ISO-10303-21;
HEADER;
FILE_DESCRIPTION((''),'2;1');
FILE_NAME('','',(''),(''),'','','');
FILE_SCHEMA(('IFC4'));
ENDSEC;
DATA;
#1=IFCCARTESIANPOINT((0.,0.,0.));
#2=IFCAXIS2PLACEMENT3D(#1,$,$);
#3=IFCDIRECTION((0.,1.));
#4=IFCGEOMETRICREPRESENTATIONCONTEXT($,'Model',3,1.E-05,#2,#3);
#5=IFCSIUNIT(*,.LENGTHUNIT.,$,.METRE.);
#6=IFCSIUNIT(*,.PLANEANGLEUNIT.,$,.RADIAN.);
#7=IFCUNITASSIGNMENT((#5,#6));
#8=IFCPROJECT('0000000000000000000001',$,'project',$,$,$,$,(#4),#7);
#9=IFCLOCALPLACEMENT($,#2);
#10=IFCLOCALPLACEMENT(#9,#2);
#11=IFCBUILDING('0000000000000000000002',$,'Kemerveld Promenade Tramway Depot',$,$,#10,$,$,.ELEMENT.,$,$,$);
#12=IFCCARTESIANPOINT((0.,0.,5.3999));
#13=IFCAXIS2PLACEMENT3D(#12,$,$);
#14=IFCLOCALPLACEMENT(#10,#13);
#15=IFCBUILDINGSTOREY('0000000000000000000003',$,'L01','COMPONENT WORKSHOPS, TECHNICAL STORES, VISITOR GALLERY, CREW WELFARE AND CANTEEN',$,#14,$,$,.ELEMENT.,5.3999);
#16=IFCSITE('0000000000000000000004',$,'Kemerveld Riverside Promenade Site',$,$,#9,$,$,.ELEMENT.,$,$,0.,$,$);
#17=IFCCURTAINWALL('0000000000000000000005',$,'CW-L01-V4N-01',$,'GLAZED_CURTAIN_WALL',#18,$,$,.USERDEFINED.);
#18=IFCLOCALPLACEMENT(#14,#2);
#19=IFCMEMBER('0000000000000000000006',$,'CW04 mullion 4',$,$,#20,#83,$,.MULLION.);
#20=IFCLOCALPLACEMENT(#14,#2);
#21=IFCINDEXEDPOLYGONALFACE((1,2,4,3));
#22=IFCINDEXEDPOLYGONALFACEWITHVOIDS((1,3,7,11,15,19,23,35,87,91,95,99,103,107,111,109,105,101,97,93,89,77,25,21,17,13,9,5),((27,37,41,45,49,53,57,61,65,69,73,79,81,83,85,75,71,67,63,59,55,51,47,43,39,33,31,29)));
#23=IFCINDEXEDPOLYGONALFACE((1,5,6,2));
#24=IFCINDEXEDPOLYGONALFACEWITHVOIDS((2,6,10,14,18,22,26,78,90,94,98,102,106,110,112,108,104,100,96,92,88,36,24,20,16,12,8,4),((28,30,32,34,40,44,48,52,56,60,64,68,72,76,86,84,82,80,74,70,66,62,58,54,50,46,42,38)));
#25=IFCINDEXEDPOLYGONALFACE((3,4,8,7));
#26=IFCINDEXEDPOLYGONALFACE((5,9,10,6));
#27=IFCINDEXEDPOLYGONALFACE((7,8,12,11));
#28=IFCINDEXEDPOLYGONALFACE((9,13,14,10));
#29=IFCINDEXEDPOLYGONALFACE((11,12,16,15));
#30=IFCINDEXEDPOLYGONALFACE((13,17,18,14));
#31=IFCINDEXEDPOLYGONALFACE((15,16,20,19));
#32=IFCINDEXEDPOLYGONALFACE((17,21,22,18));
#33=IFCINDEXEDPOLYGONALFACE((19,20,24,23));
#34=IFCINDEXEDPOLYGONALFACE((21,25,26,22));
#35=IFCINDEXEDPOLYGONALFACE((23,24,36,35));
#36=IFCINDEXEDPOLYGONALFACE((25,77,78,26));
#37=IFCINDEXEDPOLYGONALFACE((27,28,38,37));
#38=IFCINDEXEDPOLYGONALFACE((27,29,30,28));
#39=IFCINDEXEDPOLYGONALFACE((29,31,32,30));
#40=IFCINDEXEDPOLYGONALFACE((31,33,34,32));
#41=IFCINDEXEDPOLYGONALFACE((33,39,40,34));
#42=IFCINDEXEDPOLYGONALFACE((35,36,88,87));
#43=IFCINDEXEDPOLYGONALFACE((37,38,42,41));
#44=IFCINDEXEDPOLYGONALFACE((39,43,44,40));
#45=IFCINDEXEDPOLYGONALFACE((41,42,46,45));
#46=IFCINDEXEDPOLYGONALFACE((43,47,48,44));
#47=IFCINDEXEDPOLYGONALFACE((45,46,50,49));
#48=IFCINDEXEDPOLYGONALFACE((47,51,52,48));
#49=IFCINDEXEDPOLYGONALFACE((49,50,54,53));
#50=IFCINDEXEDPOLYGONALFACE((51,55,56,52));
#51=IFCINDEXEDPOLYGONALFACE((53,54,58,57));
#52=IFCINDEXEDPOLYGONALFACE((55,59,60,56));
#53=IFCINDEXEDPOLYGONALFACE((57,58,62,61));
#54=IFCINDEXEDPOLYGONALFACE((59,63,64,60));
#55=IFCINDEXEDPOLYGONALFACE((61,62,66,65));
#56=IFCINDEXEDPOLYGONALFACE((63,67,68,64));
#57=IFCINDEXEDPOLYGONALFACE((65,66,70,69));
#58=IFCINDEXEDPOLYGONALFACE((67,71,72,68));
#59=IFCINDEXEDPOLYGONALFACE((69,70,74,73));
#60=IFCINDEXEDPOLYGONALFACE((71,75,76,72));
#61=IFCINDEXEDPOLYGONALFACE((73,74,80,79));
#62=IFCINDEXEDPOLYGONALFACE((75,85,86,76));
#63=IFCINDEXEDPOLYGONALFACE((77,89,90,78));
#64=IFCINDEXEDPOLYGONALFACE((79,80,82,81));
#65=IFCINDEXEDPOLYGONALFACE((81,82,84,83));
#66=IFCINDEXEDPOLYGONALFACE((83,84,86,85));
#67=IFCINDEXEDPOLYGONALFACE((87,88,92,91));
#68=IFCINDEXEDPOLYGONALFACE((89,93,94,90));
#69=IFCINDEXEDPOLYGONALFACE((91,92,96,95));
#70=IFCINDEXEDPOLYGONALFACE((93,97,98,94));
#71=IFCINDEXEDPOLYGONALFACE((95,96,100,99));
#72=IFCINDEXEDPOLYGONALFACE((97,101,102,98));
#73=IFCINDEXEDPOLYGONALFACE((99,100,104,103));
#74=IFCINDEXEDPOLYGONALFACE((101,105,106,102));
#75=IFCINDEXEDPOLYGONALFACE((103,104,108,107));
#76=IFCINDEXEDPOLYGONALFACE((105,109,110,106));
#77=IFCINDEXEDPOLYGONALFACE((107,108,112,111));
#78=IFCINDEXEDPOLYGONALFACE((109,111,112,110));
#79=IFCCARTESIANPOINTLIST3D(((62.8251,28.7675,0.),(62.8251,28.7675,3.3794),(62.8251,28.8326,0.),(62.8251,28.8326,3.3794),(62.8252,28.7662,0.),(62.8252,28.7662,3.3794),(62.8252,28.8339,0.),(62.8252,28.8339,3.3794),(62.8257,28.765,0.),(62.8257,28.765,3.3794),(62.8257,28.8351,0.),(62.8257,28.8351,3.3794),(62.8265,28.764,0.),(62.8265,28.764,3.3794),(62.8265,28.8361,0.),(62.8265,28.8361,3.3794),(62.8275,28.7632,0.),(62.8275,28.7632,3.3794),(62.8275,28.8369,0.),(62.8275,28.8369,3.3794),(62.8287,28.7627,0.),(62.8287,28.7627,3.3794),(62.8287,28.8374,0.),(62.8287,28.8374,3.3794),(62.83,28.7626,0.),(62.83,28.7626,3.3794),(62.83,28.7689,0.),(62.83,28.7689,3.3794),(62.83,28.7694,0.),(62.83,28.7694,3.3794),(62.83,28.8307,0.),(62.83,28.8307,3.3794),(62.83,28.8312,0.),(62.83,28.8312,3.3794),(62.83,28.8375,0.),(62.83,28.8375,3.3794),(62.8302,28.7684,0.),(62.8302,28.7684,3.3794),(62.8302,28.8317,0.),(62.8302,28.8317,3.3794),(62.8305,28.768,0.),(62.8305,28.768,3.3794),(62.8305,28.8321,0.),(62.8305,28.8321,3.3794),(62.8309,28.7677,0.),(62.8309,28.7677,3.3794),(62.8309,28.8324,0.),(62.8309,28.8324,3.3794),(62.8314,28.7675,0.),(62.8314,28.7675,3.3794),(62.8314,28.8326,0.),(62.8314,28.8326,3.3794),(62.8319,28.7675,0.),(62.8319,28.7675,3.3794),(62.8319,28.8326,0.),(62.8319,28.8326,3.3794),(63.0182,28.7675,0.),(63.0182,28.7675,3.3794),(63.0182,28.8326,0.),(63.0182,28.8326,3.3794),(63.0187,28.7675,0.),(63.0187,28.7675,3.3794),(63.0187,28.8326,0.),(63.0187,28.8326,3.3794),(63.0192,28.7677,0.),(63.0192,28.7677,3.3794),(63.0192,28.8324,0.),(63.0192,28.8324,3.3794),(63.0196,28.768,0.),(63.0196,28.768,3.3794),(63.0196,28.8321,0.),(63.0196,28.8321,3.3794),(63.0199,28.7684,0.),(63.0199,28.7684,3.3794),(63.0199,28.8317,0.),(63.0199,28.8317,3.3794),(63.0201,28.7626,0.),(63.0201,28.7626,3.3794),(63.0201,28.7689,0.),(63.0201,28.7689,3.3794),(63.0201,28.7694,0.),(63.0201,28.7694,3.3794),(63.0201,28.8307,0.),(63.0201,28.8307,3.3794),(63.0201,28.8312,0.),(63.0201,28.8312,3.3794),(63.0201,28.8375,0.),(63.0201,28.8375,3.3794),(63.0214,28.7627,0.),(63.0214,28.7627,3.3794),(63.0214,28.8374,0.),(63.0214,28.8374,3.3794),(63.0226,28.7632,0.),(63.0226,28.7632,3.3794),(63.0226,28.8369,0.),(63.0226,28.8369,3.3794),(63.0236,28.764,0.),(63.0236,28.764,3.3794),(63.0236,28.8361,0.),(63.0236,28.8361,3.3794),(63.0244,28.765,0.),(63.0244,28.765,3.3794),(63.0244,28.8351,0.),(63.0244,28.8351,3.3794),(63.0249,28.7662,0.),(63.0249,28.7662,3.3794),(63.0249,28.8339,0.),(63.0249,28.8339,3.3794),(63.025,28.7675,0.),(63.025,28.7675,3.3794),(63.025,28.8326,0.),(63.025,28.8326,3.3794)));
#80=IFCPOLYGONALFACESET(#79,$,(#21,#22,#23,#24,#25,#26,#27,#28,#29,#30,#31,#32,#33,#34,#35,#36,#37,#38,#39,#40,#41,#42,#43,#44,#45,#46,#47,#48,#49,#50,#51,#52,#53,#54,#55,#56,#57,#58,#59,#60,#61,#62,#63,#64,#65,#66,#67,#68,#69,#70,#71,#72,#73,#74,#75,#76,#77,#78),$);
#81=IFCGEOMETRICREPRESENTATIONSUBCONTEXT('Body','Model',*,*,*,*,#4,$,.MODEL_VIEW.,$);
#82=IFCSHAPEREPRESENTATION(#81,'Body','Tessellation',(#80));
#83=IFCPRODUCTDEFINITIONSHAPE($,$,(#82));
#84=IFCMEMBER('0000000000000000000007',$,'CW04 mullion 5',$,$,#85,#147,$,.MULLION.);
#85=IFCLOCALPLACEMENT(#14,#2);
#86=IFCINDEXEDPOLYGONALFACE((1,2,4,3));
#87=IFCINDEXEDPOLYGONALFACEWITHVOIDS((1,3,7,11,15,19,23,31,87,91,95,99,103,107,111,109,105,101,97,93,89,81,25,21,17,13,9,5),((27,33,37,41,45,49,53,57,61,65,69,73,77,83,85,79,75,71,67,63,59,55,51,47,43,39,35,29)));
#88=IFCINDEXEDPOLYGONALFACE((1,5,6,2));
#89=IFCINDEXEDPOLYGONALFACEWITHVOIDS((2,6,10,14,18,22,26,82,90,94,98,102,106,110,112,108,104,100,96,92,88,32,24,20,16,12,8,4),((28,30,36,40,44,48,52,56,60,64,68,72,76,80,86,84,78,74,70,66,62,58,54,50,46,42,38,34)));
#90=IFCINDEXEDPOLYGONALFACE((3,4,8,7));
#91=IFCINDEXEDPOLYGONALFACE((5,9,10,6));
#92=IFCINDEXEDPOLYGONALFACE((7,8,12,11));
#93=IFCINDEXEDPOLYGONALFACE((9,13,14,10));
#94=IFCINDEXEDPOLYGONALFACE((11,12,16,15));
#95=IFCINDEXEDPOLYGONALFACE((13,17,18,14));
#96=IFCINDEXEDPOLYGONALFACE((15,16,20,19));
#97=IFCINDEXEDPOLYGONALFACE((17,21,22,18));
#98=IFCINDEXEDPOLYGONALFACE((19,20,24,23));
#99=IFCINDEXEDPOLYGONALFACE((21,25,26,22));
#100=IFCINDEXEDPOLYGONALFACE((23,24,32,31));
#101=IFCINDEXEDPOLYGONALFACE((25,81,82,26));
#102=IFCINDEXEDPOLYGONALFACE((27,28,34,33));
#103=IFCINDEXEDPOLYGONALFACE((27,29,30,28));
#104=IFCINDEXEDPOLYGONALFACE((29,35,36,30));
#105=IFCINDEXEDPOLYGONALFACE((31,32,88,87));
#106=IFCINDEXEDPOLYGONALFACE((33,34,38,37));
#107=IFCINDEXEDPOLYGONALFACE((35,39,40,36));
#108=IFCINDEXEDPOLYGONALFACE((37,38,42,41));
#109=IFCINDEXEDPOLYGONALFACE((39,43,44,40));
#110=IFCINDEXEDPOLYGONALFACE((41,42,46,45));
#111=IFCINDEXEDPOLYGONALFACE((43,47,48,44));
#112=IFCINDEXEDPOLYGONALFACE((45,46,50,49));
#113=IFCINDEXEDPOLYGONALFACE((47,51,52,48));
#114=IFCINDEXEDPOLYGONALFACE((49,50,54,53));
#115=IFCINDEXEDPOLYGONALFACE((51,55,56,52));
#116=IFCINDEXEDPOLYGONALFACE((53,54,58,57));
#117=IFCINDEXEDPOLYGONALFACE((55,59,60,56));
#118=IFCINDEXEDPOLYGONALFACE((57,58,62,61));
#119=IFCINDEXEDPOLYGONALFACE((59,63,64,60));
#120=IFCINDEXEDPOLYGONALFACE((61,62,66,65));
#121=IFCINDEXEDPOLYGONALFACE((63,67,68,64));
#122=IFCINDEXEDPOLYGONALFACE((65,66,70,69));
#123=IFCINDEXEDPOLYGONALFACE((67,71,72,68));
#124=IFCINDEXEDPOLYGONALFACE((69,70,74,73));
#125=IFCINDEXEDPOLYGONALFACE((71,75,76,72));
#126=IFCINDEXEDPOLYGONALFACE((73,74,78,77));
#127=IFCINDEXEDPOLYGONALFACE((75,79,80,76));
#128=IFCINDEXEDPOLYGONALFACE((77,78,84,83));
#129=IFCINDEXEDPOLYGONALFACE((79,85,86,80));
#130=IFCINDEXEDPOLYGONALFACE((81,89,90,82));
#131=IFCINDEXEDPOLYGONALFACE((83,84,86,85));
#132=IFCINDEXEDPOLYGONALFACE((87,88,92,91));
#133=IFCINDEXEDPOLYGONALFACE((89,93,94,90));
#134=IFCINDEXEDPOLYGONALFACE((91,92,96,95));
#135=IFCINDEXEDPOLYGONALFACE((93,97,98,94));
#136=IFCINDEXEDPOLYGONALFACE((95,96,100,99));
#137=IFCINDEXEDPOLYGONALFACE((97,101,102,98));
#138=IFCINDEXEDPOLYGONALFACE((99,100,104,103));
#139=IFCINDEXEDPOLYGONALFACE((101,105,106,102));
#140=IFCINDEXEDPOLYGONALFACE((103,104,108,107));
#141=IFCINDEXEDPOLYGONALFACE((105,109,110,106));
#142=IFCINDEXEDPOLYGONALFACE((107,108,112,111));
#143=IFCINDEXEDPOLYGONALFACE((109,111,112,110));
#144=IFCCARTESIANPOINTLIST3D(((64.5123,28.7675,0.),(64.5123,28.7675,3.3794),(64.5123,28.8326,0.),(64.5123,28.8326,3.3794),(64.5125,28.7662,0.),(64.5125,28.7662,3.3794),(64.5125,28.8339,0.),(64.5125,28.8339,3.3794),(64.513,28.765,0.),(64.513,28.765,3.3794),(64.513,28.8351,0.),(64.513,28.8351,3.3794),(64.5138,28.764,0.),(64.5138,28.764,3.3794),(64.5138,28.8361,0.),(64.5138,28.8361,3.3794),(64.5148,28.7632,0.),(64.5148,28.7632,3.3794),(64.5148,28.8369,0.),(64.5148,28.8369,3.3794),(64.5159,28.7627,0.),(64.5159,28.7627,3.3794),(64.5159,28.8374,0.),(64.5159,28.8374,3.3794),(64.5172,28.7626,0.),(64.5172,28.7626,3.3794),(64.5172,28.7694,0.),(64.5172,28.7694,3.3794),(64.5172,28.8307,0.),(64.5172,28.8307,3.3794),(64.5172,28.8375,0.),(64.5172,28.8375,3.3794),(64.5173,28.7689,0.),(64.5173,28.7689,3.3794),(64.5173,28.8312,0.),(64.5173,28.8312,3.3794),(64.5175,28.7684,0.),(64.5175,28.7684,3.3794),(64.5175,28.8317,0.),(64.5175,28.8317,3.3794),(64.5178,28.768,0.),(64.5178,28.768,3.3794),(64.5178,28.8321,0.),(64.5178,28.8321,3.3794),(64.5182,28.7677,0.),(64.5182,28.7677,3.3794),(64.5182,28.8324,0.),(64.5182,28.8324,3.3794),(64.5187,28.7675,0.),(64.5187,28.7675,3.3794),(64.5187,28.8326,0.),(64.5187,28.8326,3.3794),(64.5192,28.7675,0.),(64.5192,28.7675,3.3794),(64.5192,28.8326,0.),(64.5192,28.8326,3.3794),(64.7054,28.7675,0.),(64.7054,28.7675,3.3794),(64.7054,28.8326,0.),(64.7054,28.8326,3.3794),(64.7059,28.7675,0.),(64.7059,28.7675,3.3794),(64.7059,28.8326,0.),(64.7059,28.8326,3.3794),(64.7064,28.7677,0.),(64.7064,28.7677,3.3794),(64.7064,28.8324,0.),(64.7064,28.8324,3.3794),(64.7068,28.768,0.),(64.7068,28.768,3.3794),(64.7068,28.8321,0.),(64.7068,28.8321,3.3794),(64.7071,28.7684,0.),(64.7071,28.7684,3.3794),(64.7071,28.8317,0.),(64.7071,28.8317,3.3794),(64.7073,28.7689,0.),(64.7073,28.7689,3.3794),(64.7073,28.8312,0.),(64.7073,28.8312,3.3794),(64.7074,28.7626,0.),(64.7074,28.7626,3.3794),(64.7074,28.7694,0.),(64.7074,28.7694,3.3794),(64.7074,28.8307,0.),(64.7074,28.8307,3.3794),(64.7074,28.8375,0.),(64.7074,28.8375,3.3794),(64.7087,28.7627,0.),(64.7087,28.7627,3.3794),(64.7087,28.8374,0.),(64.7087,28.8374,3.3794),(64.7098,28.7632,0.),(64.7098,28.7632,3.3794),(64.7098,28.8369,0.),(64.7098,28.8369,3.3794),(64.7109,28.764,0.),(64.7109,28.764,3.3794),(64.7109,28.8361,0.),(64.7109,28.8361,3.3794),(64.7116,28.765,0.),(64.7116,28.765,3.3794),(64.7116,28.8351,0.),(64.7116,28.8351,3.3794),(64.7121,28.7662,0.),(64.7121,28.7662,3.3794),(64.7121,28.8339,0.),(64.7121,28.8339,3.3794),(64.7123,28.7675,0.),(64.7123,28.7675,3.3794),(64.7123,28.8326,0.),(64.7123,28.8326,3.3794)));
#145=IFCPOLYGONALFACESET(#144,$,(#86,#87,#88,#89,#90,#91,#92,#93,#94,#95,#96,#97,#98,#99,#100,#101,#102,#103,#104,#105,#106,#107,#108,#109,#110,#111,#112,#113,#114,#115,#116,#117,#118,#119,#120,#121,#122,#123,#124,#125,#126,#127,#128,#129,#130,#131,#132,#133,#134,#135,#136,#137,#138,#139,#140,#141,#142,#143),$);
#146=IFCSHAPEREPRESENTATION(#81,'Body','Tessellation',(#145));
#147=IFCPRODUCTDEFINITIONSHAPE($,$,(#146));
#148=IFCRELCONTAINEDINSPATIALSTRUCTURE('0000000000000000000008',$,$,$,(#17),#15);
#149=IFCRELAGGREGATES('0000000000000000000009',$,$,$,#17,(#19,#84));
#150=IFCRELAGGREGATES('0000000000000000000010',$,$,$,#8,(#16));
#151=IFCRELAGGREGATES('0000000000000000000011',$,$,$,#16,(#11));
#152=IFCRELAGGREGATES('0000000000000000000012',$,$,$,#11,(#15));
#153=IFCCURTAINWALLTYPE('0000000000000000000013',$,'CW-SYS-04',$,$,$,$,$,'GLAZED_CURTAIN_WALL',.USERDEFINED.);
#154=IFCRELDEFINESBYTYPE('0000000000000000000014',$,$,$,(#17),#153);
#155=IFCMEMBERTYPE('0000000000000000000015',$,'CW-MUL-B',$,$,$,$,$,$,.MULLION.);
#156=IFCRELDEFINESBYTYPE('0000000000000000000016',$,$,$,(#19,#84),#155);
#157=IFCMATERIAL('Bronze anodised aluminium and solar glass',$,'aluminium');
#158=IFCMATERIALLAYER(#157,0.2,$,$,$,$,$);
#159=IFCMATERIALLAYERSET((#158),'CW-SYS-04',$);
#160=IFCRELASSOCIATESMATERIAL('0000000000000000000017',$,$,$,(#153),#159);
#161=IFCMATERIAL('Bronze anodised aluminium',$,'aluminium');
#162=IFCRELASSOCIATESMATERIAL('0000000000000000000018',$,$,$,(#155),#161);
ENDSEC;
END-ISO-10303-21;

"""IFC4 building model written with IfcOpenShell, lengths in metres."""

from ifc_helpers import new_model, si_unit, direction, frame, origin, origin_2d, place, context, subcontext, project, spatial, hollow_rectangle, extrude, material, layer, layer_set, material_profile, profile_set, type_object, element, aggregate, save


model = new_model("IFC4")

# Units and contexts
model_context = context("Model", 3, precision=1e-05, world=origin(), true_north=direction((0.0, 1.0)))
body_context = subcontext(model_context, "Body", "Model", "MODEL_VIEW")
ifc_project = project(units=[si_unit("LENGTHUNIT", "METRE"), si_unit("PLANEANGLEUNIT", "RADIAN")], contexts=[model_context])

# Site, building, storey
site_placement = place(None, origin())
site = spatial("IfcSite", under=ifc_project, at=site_placement, Name="Kemerveld Riverside Promenade Site", CompositionType="ELEMENT", RefElevation=0.0)
building_placement = place(site_placement, origin())
building = spatial("IfcBuilding", under=site, at=building_placement, Name="Kemerveld Promenade Tramway Depot", CompositionType="ELEMENT")
storey_placement = place(building_placement, frame((0.0, 0.0, 5.3999)))
storey = spatial("IfcBuildingStorey", under=building, at=storey_placement, Name="L01", Description="COMPONENT WORKSHOPS, TECHNICAL STORES, VISITOR GALLERY, CREW WELFARE AND CANTEEN", CompositionType="ELEMENT", Elevation=5.3999)

# Curtain wall, members
ifc_material_1 = material(Name="Bronze anodised aluminium and solar glass", Category="aluminium")
ifc_layer_1 = layer(ifc_material_1, 0.2)
ifc_layer_set_1 = layer_set([ifc_layer_1], Name="CW-SYS-04")
curtain_wall_type_1 = type_object("IfcCurtainWallType", Name="CW-SYS-04", ElementType="GLAZED_CURTAIN_WALL", PredefinedType="USERDEFINED", material=ifc_layer_set_1)
curtain_wall_1_placement = place(storey_placement, origin())
curtain_wall_1 = element("IfcCurtainWall", 1, at=curtain_wall_1_placement, inside=storey, type_object=curtain_wall_type_1, Name="CW-L01-V4N-01", ObjectType="GLAZED_CURTAIN_WALL", PredefinedType="USERDEFINED")
ifc_material_2 = material(Name="Bronze anodised aluminium", Category="aluminium")
ifc_material_profile_1 = material_profile(ifc_material_2, hollow_rectangle(XDim=0.075, YDim=0.2, WallThickness=0.0049, InnerFilletRadius=0.002, OuterFilletRadius=0.0049, at=origin_2d()), Name="CW-MUL-200x75")
ifc_profile_set_1 = profile_set([ifc_material_profile_1], Name="Bronze anodised aluminium")
member_type_1 = type_object("IfcMemberType", Name="CW-MUL-B", PredefinedType="MULLION", material=ifc_profile_set_1)
member_1_placement = place(storey_placement, frame((62.925, 28.8, 0.0), z_axis=(0.0, 0.0, 1.0), x_axis=(0.0, 1.0, 0.0)))
member_1 = element("IfcMember", 2, at=member_1_placement, type_object=member_type_1, Name="CW04 mullion 4", PredefinedType="MULLION", context=body_context, shape_type="SweptSolid", body=[
    extrude(hollow_rectangle(XDim=0.075, YDim=0.2, WallThickness=0.0049, InnerFilletRadius=0.002, OuterFilletRadius=0.0049, at=origin_2d()), origin(), (0.0, 0.0, 1.0), 3.3794),
])
member_2_placement = place(storey_placement, frame((64.6123, 28.8, 0.0), z_axis=(0.0, 0.0, 1.0), x_axis=(0.0, 1.0, 0.0)))
member_2 = element("IfcMember", 3, at=member_2_placement, type_object=member_type_1, Name="CW04 mullion 5", PredefinedType="MULLION", context=body_context, shape_type="SweptSolid", body=[
    extrude(hollow_rectangle(XDim=0.075, YDim=0.2, WallThickness=0.0049, InnerFilletRadius=0.002, OuterFilletRadius=0.0049, at=origin_2d()), origin(), (0.0, 0.0, 1.0), 3.3794),
])

aggregate(curtain_wall_1, [member_1, member_2])

save(model, "model.ifc")
